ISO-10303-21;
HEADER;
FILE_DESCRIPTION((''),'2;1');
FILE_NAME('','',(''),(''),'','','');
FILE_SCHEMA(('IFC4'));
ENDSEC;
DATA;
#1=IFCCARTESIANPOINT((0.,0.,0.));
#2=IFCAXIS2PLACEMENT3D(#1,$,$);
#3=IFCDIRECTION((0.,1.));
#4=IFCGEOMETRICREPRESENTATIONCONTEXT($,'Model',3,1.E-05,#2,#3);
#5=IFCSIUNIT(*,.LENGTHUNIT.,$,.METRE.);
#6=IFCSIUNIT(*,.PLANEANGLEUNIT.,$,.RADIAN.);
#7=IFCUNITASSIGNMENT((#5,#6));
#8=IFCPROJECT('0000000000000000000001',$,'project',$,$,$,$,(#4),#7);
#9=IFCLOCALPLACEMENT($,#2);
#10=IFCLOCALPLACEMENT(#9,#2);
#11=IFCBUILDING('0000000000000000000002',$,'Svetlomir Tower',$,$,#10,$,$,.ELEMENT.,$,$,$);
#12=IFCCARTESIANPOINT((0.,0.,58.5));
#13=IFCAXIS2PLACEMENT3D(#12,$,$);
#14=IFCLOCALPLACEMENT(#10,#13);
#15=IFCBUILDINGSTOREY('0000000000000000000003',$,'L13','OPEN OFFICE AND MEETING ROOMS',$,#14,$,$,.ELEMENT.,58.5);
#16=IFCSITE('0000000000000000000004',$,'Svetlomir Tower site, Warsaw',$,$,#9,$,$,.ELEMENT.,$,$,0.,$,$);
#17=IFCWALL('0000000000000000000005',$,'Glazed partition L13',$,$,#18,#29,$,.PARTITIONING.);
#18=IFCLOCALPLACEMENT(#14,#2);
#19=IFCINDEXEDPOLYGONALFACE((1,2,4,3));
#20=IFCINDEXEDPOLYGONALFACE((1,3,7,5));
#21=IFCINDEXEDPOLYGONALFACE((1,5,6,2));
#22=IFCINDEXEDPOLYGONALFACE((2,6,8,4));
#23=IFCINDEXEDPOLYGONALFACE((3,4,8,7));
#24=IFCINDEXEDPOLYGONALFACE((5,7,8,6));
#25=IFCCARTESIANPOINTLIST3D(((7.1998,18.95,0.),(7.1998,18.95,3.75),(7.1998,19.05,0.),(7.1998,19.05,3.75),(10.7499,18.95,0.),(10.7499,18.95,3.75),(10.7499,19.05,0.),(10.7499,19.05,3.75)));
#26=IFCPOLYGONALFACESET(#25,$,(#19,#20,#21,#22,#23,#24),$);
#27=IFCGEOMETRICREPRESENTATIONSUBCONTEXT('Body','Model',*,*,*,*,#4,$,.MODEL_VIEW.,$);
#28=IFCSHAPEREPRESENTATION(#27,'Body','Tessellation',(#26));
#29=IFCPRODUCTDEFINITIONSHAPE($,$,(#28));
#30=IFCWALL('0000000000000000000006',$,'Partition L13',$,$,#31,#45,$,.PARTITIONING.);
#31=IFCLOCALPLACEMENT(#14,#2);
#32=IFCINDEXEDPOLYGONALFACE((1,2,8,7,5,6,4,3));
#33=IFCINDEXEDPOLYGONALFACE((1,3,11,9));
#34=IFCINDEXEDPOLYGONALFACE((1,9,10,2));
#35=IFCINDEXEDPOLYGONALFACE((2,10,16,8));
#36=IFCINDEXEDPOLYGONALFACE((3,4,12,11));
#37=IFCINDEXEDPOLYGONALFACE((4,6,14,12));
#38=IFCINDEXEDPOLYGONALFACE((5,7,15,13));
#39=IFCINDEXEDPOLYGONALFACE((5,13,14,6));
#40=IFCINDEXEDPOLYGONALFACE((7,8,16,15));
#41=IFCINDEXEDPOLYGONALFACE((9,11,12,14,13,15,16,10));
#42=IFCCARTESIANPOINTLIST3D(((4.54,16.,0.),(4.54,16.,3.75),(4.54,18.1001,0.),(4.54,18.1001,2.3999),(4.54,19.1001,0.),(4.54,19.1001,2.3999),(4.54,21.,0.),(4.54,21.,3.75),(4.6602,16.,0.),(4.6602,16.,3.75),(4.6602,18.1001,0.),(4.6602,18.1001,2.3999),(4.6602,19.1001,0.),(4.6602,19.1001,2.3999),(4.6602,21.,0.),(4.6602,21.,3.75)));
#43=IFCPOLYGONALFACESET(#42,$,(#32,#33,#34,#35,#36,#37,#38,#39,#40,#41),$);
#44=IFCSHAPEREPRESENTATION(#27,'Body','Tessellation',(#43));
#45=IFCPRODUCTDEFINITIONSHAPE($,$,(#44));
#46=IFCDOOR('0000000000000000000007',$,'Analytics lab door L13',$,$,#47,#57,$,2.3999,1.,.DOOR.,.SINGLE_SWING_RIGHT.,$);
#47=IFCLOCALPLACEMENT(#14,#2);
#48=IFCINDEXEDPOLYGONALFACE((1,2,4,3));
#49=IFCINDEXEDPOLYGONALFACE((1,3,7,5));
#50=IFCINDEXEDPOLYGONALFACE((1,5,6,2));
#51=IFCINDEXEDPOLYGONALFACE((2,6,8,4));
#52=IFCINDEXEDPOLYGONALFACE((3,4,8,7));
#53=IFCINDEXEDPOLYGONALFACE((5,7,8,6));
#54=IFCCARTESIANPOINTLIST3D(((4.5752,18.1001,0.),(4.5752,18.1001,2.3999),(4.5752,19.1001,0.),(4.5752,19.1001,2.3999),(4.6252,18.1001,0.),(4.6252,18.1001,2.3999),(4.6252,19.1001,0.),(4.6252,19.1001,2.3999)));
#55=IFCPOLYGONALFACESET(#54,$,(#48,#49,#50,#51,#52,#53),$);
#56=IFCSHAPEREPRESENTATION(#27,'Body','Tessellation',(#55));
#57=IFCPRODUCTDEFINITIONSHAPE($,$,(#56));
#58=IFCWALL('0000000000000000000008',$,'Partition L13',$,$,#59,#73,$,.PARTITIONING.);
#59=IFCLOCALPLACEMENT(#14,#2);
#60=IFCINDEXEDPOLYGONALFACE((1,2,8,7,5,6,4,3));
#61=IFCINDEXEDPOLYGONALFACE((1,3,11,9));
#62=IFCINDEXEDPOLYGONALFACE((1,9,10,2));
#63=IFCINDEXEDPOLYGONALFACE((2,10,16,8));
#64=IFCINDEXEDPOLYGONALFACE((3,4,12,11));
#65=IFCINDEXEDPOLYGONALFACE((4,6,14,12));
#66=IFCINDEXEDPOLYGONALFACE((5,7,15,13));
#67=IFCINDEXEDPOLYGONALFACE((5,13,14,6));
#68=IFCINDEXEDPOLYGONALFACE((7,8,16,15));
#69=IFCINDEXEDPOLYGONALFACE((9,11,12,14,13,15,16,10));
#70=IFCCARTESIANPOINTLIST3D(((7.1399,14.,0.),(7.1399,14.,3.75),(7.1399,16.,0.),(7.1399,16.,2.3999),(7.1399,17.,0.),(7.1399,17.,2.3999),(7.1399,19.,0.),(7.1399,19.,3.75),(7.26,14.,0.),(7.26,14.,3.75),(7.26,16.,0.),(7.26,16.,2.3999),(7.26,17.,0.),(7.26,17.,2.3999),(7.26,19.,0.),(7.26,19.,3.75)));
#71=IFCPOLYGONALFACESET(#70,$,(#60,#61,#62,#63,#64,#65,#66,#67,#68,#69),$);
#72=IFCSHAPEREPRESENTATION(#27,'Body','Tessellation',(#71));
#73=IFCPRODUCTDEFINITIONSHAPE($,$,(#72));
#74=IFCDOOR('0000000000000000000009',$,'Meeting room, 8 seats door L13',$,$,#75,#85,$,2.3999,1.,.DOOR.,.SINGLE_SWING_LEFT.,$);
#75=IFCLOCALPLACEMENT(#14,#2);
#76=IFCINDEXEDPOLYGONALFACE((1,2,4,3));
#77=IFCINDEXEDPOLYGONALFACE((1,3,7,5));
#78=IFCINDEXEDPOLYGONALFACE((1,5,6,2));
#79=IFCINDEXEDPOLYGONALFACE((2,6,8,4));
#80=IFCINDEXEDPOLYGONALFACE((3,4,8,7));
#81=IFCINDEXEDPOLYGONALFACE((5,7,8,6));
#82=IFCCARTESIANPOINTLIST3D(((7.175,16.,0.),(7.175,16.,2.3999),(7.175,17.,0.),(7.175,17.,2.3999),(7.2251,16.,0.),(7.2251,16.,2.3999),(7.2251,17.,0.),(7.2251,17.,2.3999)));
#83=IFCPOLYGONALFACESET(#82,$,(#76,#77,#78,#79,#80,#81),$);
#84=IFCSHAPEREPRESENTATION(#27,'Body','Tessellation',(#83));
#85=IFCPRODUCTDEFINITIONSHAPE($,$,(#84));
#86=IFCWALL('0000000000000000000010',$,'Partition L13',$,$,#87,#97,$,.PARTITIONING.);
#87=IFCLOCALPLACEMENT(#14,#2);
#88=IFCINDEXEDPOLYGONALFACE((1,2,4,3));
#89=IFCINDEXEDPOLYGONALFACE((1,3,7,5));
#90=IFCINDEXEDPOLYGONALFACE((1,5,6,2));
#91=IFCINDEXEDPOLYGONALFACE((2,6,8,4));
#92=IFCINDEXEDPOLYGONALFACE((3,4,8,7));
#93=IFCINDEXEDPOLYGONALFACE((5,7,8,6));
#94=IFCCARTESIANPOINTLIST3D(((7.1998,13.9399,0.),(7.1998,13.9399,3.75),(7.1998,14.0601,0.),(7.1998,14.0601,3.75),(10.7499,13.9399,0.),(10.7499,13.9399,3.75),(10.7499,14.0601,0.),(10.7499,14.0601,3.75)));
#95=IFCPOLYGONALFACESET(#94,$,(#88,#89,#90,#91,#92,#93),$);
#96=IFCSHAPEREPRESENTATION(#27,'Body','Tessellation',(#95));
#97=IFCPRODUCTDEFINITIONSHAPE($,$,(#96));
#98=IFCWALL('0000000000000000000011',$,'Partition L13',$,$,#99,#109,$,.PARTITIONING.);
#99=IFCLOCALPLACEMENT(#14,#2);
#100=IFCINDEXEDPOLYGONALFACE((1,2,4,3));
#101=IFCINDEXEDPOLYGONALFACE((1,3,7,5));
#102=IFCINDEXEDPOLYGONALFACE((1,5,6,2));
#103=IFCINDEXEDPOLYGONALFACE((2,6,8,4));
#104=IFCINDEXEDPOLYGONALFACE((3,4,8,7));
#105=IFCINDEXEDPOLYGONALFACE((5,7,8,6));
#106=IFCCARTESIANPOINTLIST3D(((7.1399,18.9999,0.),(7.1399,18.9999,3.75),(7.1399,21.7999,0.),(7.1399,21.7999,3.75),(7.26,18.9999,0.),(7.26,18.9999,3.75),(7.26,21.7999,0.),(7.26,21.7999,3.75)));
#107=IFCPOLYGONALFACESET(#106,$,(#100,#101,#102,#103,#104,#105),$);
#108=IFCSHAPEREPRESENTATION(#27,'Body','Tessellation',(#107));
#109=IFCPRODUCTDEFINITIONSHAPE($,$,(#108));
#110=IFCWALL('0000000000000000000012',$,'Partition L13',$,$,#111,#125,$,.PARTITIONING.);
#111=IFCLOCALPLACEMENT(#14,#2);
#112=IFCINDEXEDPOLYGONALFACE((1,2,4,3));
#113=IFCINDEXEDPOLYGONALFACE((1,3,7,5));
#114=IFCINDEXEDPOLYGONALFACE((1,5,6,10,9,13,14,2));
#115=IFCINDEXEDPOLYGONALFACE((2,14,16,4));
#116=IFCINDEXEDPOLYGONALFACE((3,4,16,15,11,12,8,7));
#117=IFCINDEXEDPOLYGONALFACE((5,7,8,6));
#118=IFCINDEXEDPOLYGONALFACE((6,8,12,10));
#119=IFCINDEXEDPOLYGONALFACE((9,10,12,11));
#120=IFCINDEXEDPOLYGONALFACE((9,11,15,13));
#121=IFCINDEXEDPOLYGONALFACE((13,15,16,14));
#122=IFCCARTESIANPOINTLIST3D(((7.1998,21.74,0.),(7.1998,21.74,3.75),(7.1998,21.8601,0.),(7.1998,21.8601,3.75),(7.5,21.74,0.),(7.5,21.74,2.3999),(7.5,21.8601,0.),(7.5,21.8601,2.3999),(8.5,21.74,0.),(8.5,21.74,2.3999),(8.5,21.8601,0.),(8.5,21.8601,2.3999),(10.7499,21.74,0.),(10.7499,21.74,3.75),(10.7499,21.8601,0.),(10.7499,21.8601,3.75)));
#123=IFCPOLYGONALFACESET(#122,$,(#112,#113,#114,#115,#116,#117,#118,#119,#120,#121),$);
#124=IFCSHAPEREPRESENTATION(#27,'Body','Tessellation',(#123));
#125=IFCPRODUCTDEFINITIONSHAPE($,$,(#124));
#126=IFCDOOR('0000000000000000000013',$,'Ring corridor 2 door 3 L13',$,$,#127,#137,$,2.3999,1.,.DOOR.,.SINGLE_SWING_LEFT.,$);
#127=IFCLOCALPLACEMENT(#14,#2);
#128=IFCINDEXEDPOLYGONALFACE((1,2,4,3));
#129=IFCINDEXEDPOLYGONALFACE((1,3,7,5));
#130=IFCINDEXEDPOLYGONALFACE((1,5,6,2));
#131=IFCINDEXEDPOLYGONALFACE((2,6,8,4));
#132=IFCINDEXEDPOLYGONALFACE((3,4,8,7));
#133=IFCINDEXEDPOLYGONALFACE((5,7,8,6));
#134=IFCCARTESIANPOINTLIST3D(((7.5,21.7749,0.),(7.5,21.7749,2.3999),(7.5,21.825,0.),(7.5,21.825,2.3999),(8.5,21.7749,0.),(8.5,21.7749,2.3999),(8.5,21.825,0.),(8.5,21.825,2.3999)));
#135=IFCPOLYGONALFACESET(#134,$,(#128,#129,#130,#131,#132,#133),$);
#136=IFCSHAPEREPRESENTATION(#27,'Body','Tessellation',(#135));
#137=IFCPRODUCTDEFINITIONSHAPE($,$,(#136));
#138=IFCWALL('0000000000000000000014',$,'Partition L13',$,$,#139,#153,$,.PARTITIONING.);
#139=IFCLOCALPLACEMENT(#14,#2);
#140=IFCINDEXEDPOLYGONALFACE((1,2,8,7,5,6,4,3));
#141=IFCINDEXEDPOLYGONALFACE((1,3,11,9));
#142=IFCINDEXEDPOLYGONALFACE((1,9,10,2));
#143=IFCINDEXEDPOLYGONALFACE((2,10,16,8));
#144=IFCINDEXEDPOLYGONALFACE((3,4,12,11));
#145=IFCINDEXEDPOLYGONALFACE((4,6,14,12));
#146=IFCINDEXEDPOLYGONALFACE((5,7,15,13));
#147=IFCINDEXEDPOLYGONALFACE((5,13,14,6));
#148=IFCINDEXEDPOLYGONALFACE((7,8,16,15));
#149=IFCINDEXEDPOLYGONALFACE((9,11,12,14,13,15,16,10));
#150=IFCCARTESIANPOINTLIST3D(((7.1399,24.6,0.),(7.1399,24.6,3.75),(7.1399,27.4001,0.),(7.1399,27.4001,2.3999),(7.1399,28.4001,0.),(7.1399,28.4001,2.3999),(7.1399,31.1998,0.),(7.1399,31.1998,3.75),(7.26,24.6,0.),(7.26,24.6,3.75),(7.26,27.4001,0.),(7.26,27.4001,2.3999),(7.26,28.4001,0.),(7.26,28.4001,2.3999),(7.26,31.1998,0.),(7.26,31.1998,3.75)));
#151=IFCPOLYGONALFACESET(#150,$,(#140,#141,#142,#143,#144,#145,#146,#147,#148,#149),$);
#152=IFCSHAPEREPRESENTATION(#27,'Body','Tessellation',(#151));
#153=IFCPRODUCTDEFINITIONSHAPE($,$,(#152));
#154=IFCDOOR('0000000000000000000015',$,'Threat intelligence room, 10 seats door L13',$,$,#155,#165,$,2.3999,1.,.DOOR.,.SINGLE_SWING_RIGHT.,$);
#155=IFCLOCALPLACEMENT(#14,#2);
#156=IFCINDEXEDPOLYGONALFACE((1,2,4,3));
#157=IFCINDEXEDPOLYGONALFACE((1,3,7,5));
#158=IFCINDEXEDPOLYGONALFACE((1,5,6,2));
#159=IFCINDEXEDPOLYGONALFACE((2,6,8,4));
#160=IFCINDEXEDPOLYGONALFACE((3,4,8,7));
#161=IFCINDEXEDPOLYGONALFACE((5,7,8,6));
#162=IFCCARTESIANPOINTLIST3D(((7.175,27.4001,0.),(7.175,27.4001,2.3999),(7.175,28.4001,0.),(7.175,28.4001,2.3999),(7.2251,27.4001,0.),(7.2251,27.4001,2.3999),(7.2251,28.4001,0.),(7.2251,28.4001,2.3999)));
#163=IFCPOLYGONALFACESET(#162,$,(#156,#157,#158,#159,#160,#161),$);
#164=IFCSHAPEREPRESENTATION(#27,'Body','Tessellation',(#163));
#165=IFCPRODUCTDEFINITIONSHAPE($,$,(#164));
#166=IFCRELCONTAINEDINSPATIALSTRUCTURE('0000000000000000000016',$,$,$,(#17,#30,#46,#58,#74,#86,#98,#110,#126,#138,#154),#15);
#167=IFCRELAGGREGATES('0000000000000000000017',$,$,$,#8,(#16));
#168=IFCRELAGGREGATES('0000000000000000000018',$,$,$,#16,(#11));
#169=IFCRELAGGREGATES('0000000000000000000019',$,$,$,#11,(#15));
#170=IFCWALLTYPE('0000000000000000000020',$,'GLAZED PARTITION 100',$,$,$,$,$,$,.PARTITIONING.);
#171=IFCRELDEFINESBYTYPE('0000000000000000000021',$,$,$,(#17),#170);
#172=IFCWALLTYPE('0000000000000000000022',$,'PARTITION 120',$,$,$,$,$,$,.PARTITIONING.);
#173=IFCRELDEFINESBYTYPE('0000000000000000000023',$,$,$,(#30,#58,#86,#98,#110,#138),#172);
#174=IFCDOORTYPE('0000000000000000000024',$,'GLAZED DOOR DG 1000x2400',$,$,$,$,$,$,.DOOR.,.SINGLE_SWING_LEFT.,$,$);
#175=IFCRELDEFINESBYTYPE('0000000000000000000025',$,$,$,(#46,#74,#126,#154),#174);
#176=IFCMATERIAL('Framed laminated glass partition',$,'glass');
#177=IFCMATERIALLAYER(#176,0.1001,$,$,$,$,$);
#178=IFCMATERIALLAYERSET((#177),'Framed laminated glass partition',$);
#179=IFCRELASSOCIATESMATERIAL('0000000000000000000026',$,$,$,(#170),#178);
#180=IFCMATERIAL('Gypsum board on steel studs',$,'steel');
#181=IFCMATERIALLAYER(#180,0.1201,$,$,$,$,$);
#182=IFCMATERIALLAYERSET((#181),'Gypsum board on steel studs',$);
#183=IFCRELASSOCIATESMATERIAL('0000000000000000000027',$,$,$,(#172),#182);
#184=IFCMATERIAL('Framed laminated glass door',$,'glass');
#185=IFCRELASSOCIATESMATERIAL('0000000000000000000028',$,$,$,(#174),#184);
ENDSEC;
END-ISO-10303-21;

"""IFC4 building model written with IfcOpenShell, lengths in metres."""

from ifc_helpers import new_model, si_unit, direction, frame, frame_2d, origin, place, context, subcontext, project, spatial, rectangle, extrude, material, layer, layer_set, type_object, element, fill, save


model = new_model("IFC4")

# Units and contexts
model_context = context("Model", 3, precision=1e-05, world=origin(), true_north=direction((0.0, 1.0)))
body_context = subcontext(model_context, "Body", "Model", "MODEL_VIEW")
ifc_project = project(units=[si_unit("LENGTHUNIT", "METRE"), si_unit("PLANEANGLEUNIT", "RADIAN")], contexts=[model_context])

# Site, building, storey
site_placement = place(None, origin())
site = spatial("IfcSite", under=ifc_project, at=site_placement, Name="Svetlomir Tower site, Warsaw", CompositionType="ELEMENT", RefElevation=0.0)
building_placement = place(site_placement, origin())
building = spatial("IfcBuilding", under=site, at=building_placement, Name="Svetlomir Tower", CompositionType="ELEMENT")
storey_placement = place(building_placement, frame((0.0, 0.0, 58.5)))
storey = spatial("IfcBuildingStorey", under=building, at=storey_placement, Name="L13", Description="OPEN OFFICE AND MEETING ROOMS", CompositionType="ELEMENT", Elevation=58.5)

# Wall
ifc_material_1 = material(Name="Framed laminated glass partition", Category="glass")
ifc_layer_1 = layer(ifc_material_1, 0.1001)
ifc_layer_set_1 = layer_set([ifc_layer_1], Name="Framed laminated glass partition")
wall_type_1 = type_object("IfcWallType", Name="GLAZED PARTITION 100", PredefinedType="PARTITIONING", material=ifc_layer_set_1)
wall_1_placement = place(storey_placement, frame((7.2, 19.0, 0.0), z_axis=(0.0, 0.0, 1.0), x_axis=(1.0, 0.0, 0.0)))
element("IfcWall", 1, at=wall_1_placement, inside=storey, type_object=wall_type_1, Name="Glazed partition L13", PredefinedType="PARTITIONING", context=body_context, shape_type="SweptSolid", body=[
    extrude(rectangle(XDim=3.55, YDim=0.1001, at=frame_2d((1.7749, 0.0))), origin(), (0.0, 0.0, 1.0), 3.75),
])

# Walls, openings, doors
ifc_material_2 = material(Name="Gypsum board on steel studs", Category="steel")
ifc_layer_2 = layer(ifc_material_2, 0.1201)
ifc_layer_set_2 = layer_set([ifc_layer_2], Name="Gypsum board on steel studs")
wall_type_2 = type_object("IfcWallType", Name="PARTITION 120", PredefinedType="PARTITIONING", material=ifc_layer_set_2)
wall_2_placement = place(storey_placement, frame((4.6001, 16.0, 0.0), z_axis=(0.0, 0.0, 1.0), x_axis=(0.0, 1.0, 0.0)))
wall_2 = element("IfcWall", 2, at=wall_2_placement, inside=storey, type_object=wall_type_2, Name="Partition L13", PredefinedType="PARTITIONING", context=body_context, shape_type="SweptSolid", body=[
    extrude(rectangle(XDim=5.0, YDim=0.1201, at=frame_2d((2.5, 0.0))), origin(), (0.0, 0.0, 1.0), 3.75),
])
opening_1_placement = place(wall_2_placement, frame((2.1001, 0.0, 0.0)))
opening_1 = element("IfcOpeningElement", 3, at=opening_1_placement, cuts=wall_2, PredefinedType="OPENING", context=body_context, shape_type="SweptSolid", body=[
    extrude(rectangle(XDim=1.0, YDim=2.3999, at=frame_2d((0.5, 1.2))), frame((0.0, 0.0701, 0.0), z_axis=(0.0, -1.0, 0.0), x_axis=(1.0, 0.0, 0.0)), (0.0, 0.0, 1.0), 0.1401),
])
ifc_material_3 = material(Name="Framed laminated glass door", Category="glass")
door_type_1 = type_object("IfcDoorType", Name="GLAZED DOOR DG 1000x2400", OperationType="SINGLE_SWING_LEFT", PredefinedType="DOOR", material=ifc_material_3)
door_1_placement = place(opening_1_placement, origin())
door_1 = element("IfcDoor", 4, at=door_1_placement, inside=storey, type_object=door_type_1, Name="Analytics lab door L13", OperationType="SINGLE_SWING_RIGHT", OverallHeight=2.3999, OverallWidth=1.0, PredefinedType="DOOR", context=body_context, shape_type="SweptSolid", body=[
    extrude(rectangle(XDim=1.0, YDim=2.3999, at=frame_2d((0.5, 1.2))), frame((0.0, 0.0249, 0.0), z_axis=(0.0, -1.0, 0.0), x_axis=(1.0, 0.0, 0.0)), (0.0, 0.0, 1.0), 0.05),
])
fill(opening_1, door_1)
wall_3_placement = place(storey_placement, frame((7.2, 14.0, 0.0), z_axis=(0.0, 0.0, 1.0), x_axis=(0.0, 1.0, 0.0)))
wall_3 = element("IfcWall", 5, at=wall_3_placement, inside=storey, type_object=wall_type_2, Name="Partition L13", PredefinedType="PARTITIONING", context=body_context, shape_type="SweptSolid", body=[
    extrude(rectangle(XDim=5.0, YDim=0.1201, at=frame_2d((2.5, 0.0))), origin(), (0.0, 0.0, 1.0), 3.75),
])
opening_2_placement = place(wall_3_placement, frame((2.0, 0.0, 0.0)))
opening_2 = element("IfcOpeningElement", 6, at=opening_2_placement, cuts=wall_3, PredefinedType="OPENING", context=body_context, shape_type="SweptSolid", body=[
    extrude(rectangle(XDim=1.0, YDim=2.3999, at=frame_2d((0.5, 1.2))), frame((0.0, 0.0701, 0.0), z_axis=(0.0, -1.0, 0.0), x_axis=(1.0, 0.0, 0.0)), (0.0, 0.0, 1.0), 0.1401),
])
door_2_placement = place(opening_2_placement, origin())
door_2 = element("IfcDoor", 7, at=door_2_placement, inside=storey, type_object=door_type_1, Name="Meeting room, 8 seats door L13", OperationType="SINGLE_SWING_LEFT", OverallHeight=2.3999, OverallWidth=1.0, PredefinedType="DOOR", context=body_context, shape_type="SweptSolid", body=[
    extrude(rectangle(XDim=1.0, YDim=2.3999, at=frame_2d((0.5, 1.2))), frame((0.0, 0.0249, 0.0), z_axis=(0.0, -1.0, 0.0), x_axis=(1.0, 0.0, 0.0)), (0.0, 0.0, 1.0), 0.05),
])
fill(opening_2, door_2)

# Walls
wall_4_placement = place(storey_placement, frame((7.2, 14.0, 0.0), z_axis=(0.0, 0.0, 1.0), x_axis=(1.0, 0.0, 0.0)))
element("IfcWall", 8, at=wall_4_placement, inside=storey, type_object=wall_type_2, Name="Partition L13", PredefinedType="PARTITIONING", context=body_context, shape_type="SweptSolid", body=[
    extrude(rectangle(XDim=3.55, YDim=0.1201, at=frame_2d((1.7749, 0.0))), origin(), (0.0, 0.0, 1.0), 3.75),
])
wall_5_placement = place(storey_placement, frame((7.2, 19.0, 0.0), z_axis=(0.0, 0.0, 1.0), x_axis=(0.0, 1.0, 0.0)))
element("IfcWall", 9, at=wall_5_placement, inside=storey, type_object=wall_type_2, Name="Partition L13", PredefinedType="PARTITIONING", context=body_context, shape_type="SweptSolid", body=[
    extrude(rectangle(XDim=2.8, YDim=0.1201, at=frame_2d((1.3999, 0.0))), origin(), (0.0, 0.0, 1.0), 3.75),
])

# Walls, openings, doors
wall_6_placement = place(storey_placement, frame((7.2, 21.8, 0.0), z_axis=(0.0, 0.0, 1.0), x_axis=(1.0, 0.0, 0.0)))
wall_6 = element("IfcWall", 10, at=wall_6_placement, inside=storey, type_object=wall_type_2, Name="Partition L13", PredefinedType="PARTITIONING", context=body_context, shape_type="SweptSolid", body=[
    extrude(rectangle(XDim=3.55, YDim=0.1201, at=frame_2d((1.7749, 0.0))), origin(), (0.0, 0.0, 1.0), 3.75),
])
opening_3_placement = place(wall_6_placement, frame((0.3, 0.0, 0.0)))
opening_3 = element("IfcOpeningElement", 11, at=opening_3_placement, cuts=wall_6, PredefinedType="OPENING", context=body_context, shape_type="SweptSolid", body=[
    extrude(rectangle(XDim=1.0, YDim=2.3999, at=frame_2d((0.5, 1.2))), frame((0.0, 0.0701, 0.0), z_axis=(0.0, -1.0, 0.0), x_axis=(1.0, 0.0, 0.0)), (0.0, 0.0, 1.0), 0.1401),
])
door_3_placement = place(opening_3_placement, origin())
door_3 = element("IfcDoor", 12, at=door_3_placement, inside=storey, type_object=door_type_1, Name="Ring corridor 2 door 3 L13", OperationType="SINGLE_SWING_LEFT", OverallHeight=2.3999, OverallWidth=1.0, PredefinedType="DOOR", context=body_context, shape_type="SweptSolid", body=[
    extrude(rectangle(XDim=1.0, YDim=2.3999, at=frame_2d((0.5, 1.2))), frame((0.0, 0.0249, 0.0), z_axis=(0.0, -1.0, 0.0), x_axis=(1.0, 0.0, 0.0)), (0.0, 0.0, 1.0), 0.05),
])
fill(opening_3, door_3)
wall_7_placement = place(storey_placement, frame((7.2, 24.6001, 0.0), z_axis=(0.0, 0.0, 1.0), x_axis=(0.0, 1.0, 0.0)))
wall_7 = element("IfcWall", 13, at=wall_7_placement, inside=storey, type_object=wall_type_2, Name="Partition L13", PredefinedType="PARTITIONING", context=body_context, shape_type="SweptSolid", body=[
    extrude(rectangle(XDim=6.5999, YDim=0.1201, at=frame_2d((3.2998, 0.0))), origin(), (0.0, 0.0, 1.0), 3.75),
])
opening_4_placement = place(wall_7_placement, frame((2.8, 0.0, 0.0)))
opening_4 = element("IfcOpeningElement", 14, at=opening_4_placement, cuts=wall_7, PredefinedType="OPENING", context=body_context, shape_type="SweptSolid", body=[
    extrude(rectangle(XDim=1.0, YDim=2.3999, at=frame_2d((0.5, 1.2))), frame((0.0, 0.0701, 0.0), z_axis=(0.0, -1.0, 0.0), x_axis=(1.0, 0.0, 0.0)), (0.0, 0.0, 1.0), 0.1401),
])
door_4_placement = place(opening_4_placement, origin())
door_4 = element("IfcDoor", 15, at=door_4_placement, inside=storey, type_object=door_type_1, Name="Threat intelligence room, 10 seats door L13", OperationType="SINGLE_SWING_RIGHT", OverallHeight=2.3999, OverallWidth=1.0, PredefinedType="DOOR", context=body_context, shape_type="SweptSolid", body=[
    extrude(rectangle(XDim=1.0, YDim=2.3999, at=frame_2d((0.5, 1.2))), frame((0.0, 0.0249, 0.0), z_axis=(0.0, -1.0, 0.0), x_axis=(1.0, 0.0, 0.0)), (0.0, 0.0, 1.0), 0.05),
])
fill(opening_4, door_4)

save(model, "model.ifc")
